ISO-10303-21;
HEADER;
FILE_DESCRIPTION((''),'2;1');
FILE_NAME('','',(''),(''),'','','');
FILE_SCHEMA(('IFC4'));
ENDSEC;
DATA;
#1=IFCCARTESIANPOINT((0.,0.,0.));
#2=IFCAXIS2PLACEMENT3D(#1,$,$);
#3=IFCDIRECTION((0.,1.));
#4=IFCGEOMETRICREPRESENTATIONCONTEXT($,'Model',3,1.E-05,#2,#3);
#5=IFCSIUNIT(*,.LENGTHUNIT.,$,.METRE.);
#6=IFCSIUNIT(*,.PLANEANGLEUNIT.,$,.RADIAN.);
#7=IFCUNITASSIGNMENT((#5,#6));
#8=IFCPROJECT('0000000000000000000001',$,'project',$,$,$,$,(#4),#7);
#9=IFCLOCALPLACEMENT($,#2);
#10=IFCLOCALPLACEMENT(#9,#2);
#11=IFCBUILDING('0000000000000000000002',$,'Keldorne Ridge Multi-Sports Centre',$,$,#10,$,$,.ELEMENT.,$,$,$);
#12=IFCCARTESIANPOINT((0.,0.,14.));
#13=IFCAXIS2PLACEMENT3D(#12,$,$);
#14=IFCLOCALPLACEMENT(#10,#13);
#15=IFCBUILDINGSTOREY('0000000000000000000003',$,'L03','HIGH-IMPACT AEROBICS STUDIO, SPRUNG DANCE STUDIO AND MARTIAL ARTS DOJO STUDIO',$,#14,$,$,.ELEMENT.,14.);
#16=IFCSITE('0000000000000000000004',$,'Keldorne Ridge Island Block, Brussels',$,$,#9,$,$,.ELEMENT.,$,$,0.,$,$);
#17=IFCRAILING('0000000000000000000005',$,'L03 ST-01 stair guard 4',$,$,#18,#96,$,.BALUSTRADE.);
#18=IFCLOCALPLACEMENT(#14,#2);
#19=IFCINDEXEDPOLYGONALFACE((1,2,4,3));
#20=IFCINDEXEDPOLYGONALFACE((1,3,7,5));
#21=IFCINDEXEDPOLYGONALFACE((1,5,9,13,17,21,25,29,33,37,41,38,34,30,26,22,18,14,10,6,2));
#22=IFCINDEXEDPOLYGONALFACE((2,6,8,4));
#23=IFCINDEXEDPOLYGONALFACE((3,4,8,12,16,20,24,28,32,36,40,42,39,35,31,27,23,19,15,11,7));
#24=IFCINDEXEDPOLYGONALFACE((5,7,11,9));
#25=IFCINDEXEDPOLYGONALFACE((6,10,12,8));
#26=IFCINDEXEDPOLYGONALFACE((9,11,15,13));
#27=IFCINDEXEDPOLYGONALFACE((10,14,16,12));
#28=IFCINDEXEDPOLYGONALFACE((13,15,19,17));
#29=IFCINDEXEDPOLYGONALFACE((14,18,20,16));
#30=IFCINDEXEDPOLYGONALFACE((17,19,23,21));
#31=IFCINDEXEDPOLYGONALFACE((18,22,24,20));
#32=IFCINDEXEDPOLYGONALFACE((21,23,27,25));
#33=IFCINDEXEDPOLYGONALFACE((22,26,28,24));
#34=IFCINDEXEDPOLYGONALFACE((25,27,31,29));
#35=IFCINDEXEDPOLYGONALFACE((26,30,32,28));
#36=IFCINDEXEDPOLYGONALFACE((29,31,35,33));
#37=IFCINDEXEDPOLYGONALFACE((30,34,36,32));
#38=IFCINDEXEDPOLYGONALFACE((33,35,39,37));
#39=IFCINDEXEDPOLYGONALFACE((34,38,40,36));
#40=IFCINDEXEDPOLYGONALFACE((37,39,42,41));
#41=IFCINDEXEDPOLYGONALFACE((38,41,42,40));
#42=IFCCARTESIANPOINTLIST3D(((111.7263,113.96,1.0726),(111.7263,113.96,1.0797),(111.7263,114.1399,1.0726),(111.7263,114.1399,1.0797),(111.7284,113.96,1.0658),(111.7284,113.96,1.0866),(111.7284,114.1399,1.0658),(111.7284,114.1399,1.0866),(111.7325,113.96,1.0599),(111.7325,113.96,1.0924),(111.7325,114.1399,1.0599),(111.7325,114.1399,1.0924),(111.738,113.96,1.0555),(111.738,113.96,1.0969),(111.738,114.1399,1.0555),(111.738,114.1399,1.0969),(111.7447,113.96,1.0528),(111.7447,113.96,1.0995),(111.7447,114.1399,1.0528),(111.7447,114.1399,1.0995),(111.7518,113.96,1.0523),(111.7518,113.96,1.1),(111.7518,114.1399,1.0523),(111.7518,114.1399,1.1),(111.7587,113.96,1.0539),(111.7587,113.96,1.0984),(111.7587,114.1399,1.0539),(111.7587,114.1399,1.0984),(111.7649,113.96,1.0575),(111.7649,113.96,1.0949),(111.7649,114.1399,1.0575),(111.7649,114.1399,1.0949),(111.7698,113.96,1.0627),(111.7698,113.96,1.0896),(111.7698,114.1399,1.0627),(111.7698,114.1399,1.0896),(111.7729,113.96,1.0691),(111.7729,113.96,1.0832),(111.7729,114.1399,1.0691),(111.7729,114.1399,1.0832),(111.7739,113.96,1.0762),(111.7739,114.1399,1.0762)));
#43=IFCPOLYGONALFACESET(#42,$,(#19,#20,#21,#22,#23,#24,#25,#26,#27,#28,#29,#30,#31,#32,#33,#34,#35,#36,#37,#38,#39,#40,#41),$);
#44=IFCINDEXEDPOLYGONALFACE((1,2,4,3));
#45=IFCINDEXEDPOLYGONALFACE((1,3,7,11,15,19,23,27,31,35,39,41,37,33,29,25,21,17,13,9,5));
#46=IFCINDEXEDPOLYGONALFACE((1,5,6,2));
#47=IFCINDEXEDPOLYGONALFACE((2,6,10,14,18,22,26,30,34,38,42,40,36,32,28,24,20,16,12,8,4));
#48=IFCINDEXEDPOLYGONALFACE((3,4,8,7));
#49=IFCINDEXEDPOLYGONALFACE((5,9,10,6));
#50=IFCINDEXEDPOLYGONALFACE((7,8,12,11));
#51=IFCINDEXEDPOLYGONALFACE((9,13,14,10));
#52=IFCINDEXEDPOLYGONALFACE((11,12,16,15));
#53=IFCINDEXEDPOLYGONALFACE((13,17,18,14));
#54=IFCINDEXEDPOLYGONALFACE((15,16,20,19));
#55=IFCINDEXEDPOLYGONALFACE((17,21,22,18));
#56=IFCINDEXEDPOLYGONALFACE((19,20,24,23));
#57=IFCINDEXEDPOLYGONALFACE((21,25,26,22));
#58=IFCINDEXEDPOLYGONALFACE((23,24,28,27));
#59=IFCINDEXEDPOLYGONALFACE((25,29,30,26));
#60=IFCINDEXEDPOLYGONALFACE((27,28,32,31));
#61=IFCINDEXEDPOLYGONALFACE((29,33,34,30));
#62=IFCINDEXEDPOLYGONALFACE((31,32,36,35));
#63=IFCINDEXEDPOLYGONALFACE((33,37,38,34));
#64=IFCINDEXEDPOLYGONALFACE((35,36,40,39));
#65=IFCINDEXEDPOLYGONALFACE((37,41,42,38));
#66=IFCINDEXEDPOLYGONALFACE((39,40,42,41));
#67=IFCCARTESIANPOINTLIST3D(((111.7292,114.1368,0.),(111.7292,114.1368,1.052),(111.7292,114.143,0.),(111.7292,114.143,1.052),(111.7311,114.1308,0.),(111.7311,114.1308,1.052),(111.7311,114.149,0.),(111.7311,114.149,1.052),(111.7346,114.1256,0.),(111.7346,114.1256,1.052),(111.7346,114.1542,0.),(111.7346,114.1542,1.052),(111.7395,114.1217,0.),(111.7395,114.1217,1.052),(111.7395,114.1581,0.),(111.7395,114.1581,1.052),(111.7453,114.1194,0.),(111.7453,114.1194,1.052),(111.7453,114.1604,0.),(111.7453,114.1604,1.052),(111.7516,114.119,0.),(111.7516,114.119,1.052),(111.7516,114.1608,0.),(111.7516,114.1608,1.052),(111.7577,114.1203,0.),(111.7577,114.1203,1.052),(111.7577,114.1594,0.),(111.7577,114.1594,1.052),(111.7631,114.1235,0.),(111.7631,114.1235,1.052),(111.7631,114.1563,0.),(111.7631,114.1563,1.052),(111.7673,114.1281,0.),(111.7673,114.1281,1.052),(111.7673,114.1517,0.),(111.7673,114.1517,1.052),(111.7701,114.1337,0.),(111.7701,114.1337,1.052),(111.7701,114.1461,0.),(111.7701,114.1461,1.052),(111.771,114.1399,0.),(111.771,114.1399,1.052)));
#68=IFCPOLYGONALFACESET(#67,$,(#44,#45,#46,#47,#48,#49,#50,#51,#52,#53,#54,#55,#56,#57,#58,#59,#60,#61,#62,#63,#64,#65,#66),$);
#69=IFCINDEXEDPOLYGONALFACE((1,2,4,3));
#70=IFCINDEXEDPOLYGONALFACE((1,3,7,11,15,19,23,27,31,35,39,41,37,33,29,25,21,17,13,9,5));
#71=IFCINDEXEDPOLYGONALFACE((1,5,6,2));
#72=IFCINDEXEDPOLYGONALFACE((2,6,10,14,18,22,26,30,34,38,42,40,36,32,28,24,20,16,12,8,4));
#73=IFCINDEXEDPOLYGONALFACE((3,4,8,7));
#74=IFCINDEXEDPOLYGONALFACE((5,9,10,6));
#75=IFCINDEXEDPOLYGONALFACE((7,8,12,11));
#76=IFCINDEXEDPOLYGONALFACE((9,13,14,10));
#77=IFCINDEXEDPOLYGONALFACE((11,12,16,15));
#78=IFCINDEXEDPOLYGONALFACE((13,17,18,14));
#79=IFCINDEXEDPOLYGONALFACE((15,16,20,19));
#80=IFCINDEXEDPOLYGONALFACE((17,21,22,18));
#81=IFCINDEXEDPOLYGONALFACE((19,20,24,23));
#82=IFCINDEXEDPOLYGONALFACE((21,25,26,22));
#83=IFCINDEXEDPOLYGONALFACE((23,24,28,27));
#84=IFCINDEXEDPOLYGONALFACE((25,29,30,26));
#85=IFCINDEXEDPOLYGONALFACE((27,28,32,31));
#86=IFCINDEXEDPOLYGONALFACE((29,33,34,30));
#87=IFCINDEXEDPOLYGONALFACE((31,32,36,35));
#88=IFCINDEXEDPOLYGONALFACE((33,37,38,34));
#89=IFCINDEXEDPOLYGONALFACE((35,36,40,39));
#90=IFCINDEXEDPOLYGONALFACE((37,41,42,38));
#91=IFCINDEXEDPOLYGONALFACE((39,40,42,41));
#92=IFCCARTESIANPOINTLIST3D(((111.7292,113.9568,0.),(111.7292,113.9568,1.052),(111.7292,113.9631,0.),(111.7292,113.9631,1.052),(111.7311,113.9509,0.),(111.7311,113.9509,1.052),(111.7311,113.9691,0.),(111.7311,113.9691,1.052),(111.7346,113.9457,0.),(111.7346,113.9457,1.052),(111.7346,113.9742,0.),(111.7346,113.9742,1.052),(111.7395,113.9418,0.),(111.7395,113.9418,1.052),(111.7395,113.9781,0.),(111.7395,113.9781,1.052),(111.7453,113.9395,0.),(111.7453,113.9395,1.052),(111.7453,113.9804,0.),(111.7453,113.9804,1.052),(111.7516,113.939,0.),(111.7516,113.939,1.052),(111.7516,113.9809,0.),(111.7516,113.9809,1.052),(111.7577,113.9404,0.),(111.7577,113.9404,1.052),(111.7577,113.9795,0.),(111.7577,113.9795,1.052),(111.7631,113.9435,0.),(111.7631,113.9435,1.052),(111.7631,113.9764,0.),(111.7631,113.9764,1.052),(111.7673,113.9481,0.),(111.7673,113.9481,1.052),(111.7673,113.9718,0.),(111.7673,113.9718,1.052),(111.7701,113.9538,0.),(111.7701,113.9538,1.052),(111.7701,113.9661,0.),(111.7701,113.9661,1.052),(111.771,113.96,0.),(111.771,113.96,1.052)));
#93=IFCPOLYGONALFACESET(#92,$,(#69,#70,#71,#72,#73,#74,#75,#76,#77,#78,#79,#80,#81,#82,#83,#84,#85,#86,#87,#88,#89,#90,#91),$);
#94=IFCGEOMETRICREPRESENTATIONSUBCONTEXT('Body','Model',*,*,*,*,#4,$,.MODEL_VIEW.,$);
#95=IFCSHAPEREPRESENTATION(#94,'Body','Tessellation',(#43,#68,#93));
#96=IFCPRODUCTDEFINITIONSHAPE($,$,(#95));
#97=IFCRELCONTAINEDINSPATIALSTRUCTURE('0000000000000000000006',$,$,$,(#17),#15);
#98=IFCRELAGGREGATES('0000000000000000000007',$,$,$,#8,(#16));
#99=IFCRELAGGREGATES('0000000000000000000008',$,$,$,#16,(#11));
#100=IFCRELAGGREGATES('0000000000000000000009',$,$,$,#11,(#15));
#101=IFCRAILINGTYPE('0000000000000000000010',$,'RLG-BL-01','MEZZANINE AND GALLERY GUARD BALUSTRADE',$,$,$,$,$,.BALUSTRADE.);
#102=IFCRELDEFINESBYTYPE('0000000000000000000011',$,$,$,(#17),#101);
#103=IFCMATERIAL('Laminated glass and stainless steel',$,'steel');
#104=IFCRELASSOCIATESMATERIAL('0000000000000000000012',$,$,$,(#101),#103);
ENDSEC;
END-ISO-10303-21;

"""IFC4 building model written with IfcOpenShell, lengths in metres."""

from ifc_helpers import new_model, si_unit, direction, frame, origin, origin_2d, place, context, subcontext, project, spatial, circle, extrude, material, type_object, element, save


model = new_model("IFC4")

# Units and contexts
model_context = context("Model", 3, precision=1e-05, world=origin(), true_north=direction((0.0, 1.0)))
body_context = subcontext(model_context, "Body", "Model", "MODEL_VIEW")
ifc_project = project(units=[si_unit("LENGTHUNIT", "METRE"), si_unit("PLANEANGLEUNIT", "RADIAN")], contexts=[model_context])

# Site, building, storey
site_placement = place(None, origin())
site = spatial("IfcSite", under=ifc_project, at=site_placement, Name="Keldorne Ridge Island Block, Brussels", CompositionType="ELEMENT", RefElevation=0.0)
building_placement = place(site_placement, origin())
building = spatial("IfcBuilding", under=site, at=building_placement, Name="Keldorne Ridge Multi-Sports Centre", CompositionType="ELEMENT")
storey_placement = place(building_placement, frame((0.0, 0.0, 14.0)))
storey = spatial("IfcBuildingStorey", under=building, at=storey_placement, Name="L03", Description="HIGH-IMPACT AEROBICS STUDIO, SPRUNG DANCE STUDIO AND MARTIAL ARTS DOJO STUDIO", CompositionType="ELEMENT", Elevation=14.0)

# Railing
ifc_material_1 = material(Name="Laminated glass and stainless steel", Category="steel")
railing_type_1 = type_object("IfcRailingType", Name="RLG-BL-01", Description="MEZZANINE AND GALLERY GUARD BALUSTRADE", PredefinedType="BALUSTRADE", material=ifc_material_1)
railing_1_placement = place(storey_placement, frame((111.75, 114.1399, 0.0)))
element("IfcRailing", 1, at=railing_1_placement, inside=storey, type_object=railing_type_1, Name="L03 ST-01 stair guard 4", PredefinedType="BALUSTRADE", context=body_context, shape_type="SweptSolid", body=[
    extrude(circle(Radius=0.0239, at=origin_2d()), frame((0.0, 0.0, 1.0762), z_axis=(0.0, -1.0, 0.0), x_axis=(1.0, 0.0, 0.0)), (0.0, 0.0, 1.0), 0.1799),
    extrude(circle(Radius=0.021, at=origin_2d()), origin(), (0.0, 0.0, 1.0), 1.052),
    extrude(circle(Radius=0.021, at=origin_2d()), frame((0.0, -0.1799, 0.0)), (0.0, 0.0, 1.0), 1.052),
])

save(model, "model.ifc")
